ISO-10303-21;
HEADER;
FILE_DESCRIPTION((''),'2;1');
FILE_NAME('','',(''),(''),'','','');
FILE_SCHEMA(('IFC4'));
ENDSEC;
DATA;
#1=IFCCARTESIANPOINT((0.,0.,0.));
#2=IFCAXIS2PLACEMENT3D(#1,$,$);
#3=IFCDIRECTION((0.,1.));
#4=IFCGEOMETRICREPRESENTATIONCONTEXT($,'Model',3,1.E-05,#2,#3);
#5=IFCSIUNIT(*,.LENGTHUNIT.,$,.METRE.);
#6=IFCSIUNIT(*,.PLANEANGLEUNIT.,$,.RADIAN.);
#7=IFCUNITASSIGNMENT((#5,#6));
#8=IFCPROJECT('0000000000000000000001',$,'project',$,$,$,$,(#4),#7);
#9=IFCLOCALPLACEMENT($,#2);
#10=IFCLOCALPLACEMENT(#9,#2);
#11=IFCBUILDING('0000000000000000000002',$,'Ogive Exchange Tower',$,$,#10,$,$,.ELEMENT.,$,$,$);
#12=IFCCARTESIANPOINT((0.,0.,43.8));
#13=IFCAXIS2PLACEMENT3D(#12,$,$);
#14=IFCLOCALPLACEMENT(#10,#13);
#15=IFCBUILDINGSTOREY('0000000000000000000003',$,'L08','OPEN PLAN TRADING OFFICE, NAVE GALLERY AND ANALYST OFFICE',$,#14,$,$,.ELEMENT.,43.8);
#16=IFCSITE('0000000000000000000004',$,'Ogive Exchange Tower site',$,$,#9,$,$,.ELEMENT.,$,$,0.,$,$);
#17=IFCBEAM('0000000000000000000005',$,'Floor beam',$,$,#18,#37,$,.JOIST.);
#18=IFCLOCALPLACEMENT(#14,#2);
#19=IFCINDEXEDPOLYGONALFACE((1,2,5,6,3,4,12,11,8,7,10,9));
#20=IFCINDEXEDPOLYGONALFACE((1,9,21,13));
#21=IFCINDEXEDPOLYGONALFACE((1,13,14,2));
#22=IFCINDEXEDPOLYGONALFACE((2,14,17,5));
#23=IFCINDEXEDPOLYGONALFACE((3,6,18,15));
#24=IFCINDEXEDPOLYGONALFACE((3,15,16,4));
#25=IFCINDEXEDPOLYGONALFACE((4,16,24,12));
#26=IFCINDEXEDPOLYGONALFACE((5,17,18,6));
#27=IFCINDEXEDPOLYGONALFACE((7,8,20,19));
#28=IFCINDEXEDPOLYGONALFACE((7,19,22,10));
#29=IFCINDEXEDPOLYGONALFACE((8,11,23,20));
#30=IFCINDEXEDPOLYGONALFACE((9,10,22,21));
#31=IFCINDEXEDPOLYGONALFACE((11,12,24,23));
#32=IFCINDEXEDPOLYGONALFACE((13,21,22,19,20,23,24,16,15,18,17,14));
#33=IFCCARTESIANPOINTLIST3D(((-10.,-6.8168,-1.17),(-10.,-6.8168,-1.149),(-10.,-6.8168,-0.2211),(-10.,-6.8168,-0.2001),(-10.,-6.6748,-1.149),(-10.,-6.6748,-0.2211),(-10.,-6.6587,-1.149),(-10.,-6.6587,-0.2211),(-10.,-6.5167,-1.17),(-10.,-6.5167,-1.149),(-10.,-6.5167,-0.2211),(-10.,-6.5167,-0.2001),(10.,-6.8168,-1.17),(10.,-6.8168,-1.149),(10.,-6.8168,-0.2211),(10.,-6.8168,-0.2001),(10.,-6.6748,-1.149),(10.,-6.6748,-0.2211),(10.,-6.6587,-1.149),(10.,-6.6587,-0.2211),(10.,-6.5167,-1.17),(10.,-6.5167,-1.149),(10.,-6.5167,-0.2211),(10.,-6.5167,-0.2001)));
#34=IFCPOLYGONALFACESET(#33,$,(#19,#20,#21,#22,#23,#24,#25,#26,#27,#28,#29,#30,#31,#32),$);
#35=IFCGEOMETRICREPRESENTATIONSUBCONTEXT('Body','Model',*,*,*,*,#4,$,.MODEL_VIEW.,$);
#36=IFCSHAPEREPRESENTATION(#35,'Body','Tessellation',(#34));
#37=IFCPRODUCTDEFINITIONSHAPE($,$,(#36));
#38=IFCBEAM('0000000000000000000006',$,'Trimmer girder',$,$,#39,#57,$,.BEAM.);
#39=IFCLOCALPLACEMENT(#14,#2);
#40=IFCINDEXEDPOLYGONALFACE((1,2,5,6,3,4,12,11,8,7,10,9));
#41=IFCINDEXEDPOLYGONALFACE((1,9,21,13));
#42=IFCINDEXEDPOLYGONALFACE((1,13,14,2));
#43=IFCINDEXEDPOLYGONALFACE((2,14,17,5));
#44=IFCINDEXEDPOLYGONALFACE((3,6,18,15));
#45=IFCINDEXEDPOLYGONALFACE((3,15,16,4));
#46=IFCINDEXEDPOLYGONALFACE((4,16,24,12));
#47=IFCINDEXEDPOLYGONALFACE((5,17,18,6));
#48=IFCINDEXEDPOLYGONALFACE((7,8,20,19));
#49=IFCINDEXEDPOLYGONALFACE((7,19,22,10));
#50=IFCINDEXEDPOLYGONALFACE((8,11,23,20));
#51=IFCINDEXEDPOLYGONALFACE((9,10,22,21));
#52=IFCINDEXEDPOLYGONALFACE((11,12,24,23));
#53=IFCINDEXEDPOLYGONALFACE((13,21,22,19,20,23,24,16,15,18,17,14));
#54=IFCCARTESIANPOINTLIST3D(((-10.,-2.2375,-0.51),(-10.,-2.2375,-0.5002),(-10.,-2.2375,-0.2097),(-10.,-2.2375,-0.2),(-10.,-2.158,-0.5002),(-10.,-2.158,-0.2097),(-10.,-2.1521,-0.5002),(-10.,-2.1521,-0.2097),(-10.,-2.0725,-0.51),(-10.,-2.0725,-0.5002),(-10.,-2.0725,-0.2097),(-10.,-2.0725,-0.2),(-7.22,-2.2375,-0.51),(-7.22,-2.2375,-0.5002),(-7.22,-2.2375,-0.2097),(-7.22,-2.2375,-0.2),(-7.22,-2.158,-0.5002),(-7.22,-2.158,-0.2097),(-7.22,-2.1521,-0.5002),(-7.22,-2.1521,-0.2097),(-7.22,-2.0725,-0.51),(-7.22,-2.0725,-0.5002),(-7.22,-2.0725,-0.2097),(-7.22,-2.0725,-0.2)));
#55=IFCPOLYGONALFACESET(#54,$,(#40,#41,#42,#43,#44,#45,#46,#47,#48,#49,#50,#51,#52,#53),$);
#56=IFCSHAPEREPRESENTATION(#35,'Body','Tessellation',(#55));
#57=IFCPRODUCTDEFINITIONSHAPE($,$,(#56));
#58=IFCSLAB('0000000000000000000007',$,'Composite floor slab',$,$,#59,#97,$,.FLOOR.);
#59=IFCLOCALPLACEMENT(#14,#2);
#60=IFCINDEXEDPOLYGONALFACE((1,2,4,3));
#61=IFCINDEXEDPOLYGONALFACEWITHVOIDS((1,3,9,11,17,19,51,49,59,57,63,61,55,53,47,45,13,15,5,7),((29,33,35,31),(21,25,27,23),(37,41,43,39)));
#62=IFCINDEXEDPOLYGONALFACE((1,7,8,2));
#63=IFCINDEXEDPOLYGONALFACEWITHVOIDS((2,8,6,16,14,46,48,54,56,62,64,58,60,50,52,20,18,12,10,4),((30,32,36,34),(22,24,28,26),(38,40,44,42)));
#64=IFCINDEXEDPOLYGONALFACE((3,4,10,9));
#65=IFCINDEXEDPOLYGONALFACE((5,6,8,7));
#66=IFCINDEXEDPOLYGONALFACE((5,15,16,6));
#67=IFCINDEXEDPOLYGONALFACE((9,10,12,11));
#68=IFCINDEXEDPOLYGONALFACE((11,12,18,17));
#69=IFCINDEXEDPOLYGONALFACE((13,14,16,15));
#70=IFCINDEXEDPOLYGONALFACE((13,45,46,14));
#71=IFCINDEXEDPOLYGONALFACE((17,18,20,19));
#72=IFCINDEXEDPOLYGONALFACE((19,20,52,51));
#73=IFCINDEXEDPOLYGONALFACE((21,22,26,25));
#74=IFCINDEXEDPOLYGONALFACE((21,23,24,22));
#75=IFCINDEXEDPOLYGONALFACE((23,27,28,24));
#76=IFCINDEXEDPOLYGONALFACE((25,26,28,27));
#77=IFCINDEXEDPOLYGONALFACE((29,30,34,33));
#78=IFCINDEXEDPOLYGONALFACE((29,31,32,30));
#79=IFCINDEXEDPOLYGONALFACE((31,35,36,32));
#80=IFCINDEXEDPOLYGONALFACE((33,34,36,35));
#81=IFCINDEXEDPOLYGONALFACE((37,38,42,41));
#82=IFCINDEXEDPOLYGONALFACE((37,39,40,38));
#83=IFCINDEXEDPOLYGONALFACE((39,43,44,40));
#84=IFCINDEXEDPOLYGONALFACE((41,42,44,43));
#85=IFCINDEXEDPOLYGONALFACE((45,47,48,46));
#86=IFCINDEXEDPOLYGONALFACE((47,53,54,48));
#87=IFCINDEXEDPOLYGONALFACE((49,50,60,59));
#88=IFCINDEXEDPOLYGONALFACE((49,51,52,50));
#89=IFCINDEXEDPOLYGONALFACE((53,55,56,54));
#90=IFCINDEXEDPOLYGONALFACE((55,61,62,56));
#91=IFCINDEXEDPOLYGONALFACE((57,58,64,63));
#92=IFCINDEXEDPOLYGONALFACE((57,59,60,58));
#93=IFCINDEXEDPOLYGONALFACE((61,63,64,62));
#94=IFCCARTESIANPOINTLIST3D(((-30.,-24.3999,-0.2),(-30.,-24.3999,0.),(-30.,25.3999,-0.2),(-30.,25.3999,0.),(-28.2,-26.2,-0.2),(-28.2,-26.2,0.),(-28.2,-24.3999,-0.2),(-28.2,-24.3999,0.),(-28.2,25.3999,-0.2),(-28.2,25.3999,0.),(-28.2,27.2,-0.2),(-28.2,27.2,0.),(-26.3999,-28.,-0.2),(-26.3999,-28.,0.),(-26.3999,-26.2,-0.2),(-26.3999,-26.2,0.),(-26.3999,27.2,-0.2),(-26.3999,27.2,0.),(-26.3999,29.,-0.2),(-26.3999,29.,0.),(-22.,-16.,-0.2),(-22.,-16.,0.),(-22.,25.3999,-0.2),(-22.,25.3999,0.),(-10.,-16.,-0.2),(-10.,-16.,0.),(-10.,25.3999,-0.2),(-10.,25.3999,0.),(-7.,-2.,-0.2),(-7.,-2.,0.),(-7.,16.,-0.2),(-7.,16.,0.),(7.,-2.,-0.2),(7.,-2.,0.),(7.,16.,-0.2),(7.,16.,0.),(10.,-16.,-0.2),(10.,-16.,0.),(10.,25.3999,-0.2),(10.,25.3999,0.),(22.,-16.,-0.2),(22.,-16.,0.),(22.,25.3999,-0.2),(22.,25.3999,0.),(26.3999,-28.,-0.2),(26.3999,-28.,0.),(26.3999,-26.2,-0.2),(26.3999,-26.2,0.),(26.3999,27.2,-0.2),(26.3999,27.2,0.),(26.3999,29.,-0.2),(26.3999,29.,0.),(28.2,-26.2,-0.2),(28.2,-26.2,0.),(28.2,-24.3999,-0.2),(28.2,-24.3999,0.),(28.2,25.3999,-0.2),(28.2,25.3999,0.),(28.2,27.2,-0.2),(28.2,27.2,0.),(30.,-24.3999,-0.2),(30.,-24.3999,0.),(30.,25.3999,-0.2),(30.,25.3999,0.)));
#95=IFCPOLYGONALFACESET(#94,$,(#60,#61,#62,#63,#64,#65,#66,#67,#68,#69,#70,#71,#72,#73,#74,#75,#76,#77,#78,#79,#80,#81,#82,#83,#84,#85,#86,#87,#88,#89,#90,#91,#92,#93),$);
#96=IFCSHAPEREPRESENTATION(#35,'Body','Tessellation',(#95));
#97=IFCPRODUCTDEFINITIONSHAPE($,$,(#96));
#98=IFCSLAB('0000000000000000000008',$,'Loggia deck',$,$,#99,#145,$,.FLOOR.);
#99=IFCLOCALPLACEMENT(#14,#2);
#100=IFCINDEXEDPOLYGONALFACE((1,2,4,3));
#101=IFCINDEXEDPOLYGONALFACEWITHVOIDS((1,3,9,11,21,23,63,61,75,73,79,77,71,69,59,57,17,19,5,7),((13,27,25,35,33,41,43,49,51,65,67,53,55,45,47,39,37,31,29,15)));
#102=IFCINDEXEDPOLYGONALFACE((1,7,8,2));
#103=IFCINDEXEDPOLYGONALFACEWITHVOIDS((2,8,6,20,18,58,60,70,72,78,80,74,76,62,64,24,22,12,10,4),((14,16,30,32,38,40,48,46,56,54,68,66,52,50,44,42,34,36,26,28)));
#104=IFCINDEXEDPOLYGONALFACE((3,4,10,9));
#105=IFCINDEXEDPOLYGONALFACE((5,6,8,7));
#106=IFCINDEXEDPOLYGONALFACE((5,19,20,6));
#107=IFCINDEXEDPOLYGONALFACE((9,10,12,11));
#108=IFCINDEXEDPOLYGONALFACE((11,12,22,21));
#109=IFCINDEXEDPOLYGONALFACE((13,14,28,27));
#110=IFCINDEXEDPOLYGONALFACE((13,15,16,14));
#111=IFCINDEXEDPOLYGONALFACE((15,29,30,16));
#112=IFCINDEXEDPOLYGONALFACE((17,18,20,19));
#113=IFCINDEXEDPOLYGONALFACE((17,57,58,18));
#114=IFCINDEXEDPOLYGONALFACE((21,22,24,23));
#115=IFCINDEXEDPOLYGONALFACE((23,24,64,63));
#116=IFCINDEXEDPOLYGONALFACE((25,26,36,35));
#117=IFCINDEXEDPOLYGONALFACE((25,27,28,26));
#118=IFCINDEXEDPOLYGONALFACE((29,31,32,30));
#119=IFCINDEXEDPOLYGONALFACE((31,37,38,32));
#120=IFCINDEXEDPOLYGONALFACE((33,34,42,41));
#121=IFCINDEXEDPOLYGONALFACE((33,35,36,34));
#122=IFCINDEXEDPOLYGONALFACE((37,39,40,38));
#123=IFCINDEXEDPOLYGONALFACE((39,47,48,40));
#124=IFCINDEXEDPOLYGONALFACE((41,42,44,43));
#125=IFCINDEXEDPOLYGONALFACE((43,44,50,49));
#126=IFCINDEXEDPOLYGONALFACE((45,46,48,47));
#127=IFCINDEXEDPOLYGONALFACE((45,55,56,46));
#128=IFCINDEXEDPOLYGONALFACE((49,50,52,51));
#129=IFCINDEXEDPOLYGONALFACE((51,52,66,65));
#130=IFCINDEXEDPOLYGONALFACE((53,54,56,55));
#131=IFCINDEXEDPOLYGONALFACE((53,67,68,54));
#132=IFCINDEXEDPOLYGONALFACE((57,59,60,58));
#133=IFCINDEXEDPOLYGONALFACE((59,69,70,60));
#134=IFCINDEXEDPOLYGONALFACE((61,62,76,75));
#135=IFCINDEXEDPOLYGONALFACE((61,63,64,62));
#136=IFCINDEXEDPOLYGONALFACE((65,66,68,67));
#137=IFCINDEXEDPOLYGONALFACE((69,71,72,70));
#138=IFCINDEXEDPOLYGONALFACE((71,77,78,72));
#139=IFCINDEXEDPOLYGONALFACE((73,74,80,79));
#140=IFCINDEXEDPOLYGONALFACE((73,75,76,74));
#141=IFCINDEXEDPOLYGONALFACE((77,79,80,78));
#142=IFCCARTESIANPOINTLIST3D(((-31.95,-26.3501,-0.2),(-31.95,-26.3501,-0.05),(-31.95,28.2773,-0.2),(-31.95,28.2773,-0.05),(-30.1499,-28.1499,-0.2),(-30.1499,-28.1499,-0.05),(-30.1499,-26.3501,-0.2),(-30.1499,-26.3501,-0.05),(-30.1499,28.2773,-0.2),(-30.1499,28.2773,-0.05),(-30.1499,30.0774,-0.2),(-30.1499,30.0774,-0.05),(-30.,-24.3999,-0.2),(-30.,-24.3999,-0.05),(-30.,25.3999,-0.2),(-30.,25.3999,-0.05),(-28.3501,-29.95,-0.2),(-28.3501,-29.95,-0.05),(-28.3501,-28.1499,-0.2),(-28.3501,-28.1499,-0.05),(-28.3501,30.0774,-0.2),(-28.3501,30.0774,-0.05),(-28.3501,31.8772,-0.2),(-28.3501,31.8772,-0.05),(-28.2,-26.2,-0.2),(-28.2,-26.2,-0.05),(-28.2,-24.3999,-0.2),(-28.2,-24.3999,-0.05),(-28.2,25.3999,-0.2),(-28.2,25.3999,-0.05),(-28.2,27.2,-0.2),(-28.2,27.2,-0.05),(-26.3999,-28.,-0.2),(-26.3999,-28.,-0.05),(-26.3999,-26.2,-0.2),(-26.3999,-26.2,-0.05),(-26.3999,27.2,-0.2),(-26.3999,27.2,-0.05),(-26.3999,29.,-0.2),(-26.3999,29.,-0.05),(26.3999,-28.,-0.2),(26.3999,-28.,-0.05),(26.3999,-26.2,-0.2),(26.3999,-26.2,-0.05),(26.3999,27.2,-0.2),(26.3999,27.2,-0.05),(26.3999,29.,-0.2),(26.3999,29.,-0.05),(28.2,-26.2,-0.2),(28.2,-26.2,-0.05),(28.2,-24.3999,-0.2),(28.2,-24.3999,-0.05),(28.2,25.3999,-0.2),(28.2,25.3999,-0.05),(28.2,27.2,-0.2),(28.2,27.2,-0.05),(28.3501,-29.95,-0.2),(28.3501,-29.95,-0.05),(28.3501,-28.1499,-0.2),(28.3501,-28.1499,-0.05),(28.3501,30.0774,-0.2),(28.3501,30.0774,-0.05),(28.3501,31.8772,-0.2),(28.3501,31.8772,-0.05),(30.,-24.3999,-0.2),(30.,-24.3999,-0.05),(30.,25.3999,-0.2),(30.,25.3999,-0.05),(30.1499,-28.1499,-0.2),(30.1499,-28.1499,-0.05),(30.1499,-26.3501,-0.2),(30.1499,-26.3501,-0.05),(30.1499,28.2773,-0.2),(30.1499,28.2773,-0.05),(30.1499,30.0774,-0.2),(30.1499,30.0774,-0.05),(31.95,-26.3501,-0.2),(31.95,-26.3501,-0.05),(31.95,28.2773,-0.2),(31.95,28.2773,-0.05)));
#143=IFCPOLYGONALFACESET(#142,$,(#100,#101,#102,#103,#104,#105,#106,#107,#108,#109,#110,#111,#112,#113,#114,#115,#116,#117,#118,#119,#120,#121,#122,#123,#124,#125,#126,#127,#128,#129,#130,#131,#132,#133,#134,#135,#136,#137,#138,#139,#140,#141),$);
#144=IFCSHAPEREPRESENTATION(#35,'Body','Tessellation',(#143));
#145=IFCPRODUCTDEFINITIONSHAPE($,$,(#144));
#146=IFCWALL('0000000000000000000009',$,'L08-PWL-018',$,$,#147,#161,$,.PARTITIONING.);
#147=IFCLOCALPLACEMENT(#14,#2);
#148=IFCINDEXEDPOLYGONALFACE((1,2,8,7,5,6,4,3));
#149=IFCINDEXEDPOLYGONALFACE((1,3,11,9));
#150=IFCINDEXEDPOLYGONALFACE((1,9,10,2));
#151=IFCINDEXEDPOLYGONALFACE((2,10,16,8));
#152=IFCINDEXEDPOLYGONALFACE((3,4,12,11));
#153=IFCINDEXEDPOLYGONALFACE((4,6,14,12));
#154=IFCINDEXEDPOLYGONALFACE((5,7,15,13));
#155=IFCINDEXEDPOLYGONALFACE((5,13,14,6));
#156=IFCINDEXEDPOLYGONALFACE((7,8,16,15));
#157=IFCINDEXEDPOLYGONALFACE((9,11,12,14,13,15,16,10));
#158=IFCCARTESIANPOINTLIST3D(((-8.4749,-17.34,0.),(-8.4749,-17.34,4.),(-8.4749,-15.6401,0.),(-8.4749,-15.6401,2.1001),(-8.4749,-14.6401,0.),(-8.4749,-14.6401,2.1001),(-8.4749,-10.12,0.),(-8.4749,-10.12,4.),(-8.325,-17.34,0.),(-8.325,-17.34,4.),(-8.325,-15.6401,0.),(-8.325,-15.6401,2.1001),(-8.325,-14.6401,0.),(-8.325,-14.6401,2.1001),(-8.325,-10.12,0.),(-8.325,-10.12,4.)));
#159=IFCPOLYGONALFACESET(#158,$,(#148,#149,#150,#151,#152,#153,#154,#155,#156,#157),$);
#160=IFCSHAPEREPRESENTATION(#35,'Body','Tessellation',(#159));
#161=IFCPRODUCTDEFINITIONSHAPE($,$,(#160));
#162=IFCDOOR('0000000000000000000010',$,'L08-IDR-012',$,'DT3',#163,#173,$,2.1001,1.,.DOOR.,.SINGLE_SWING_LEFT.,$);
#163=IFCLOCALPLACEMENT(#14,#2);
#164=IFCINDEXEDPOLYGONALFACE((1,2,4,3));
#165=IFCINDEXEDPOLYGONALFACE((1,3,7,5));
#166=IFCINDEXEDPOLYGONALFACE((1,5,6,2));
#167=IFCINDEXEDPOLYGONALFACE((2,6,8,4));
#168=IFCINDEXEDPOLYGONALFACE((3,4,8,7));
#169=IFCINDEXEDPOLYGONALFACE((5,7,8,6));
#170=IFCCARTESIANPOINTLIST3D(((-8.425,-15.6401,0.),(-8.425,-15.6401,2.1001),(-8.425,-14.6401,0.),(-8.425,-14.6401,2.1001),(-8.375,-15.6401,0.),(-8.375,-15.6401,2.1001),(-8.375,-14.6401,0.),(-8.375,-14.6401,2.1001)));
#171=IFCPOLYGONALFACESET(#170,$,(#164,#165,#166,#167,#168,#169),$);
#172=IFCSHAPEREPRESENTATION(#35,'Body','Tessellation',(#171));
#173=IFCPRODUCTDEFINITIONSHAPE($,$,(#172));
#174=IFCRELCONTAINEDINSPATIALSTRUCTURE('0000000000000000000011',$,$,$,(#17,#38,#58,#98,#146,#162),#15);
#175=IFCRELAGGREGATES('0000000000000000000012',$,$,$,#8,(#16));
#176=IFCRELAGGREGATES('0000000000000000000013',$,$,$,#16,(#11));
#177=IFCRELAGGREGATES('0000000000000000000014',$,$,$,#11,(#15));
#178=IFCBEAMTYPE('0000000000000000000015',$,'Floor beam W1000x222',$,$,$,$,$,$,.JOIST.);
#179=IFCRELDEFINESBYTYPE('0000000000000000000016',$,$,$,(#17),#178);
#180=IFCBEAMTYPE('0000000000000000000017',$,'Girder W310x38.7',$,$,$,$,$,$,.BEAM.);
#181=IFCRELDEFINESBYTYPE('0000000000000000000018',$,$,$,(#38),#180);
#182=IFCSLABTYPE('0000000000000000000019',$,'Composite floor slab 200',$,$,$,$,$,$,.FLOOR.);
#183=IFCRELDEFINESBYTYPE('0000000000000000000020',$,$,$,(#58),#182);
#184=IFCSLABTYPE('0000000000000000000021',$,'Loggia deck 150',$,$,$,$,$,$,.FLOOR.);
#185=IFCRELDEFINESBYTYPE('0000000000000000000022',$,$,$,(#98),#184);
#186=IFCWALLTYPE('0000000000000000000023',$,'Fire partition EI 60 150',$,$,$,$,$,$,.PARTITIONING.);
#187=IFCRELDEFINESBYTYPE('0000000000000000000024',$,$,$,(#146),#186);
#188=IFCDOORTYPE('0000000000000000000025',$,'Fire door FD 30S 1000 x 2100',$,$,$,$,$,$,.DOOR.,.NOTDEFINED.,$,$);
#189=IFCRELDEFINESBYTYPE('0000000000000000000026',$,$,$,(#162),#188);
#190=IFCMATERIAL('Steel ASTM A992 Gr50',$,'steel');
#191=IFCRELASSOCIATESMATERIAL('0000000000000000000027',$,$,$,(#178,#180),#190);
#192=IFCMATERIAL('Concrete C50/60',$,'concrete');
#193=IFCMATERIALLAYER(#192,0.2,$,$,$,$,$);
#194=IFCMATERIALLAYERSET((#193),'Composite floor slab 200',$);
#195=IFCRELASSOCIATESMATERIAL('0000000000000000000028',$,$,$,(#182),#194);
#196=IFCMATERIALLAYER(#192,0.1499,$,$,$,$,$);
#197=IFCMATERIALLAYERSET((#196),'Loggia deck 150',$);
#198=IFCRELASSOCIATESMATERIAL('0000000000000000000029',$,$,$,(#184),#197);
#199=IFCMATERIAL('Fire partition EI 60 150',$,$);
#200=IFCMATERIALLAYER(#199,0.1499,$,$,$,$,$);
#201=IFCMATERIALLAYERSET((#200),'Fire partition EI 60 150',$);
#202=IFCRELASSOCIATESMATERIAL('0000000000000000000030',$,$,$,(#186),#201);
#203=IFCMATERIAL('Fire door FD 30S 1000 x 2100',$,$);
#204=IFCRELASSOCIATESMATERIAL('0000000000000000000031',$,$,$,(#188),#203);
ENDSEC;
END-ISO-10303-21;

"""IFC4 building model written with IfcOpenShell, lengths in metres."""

from ifc_helpers import new_model, si_unit, direction, frame, frame_2d, origin, origin_2d, place, context, subcontext, project, spatial, polyline, rectangle, i_section, outline, extrude, material, layer, layer_set, material_profile, profile_set, type_object, element, fill, save


model = new_model("IFC4")

# Units and contexts
model_context = context("Model", 3, precision=1e-05, world=origin(), true_north=direction((0.0, 1.0)))
body_context = subcontext(model_context, "Body", "Model", "MODEL_VIEW")
ifc_project = project(units=[si_unit("LENGTHUNIT", "METRE"), si_unit("PLANEANGLEUNIT", "RADIAN")], contexts=[model_context])

# Site, building, storey
site_placement = place(None, origin())
site = spatial("IfcSite", under=ifc_project, at=site_placement, Name="Ogive Exchange Tower site", CompositionType="ELEMENT", RefElevation=0.0)
building_placement = place(site_placement, origin())
building = spatial("IfcBuilding", under=site, at=building_placement, Name="Ogive Exchange Tower", CompositionType="ELEMENT")
storey_placement = place(building_placement, frame((0.0, 0.0, 43.8)))
storey = spatial("IfcBuildingStorey", under=building, at=storey_placement, Name="L08", Description="OPEN PLAN TRADING OFFICE, NAVE GALLERY AND ANALYST OFFICE", CompositionType="ELEMENT", Elevation=43.8)

# Beams
ifc_material_1 = material(Name="Steel ASTM A992 Gr50", Category="steel")
ifc_material_profile_1 = material_profile(ifc_material_1, i_section(OverallWidth=0.3, OverallDepth=0.97, WebThickness=0.0161, FlangeThickness=0.021, at=origin_2d()), Name="W1000x222")
ifc_profile_set_1 = profile_set([ifc_material_profile_1], Name="Steel ASTM A992 Gr50")
beam_type_1 = type_object("IfcBeamType", Name="Floor beam W1000x222", PredefinedType="JOIST", material=ifc_profile_set_1)
beam_1_placement = place(storey_placement, frame((-10.0, -6.6667, -0.6851), z_axis=(1.0, 0.0, 0.0), x_axis=(0.0, 1.0, 0.0)))
element("IfcBeam", 1, at=beam_1_placement, inside=storey, type_object=beam_type_1, Name="Floor beam", PredefinedType="JOIST", context=body_context, shape_type="SweptSolid", body=[
    extrude(i_section(OverallWidth=0.3, OverallDepth=0.97, WebThickness=0.0161, FlangeThickness=0.021, at=origin_2d()), origin(), (0.0, 0.0, 1.0), 20.0),
])
ifc_material_profile_2 = material_profile(ifc_material_1, i_section(OverallWidth=0.165, OverallDepth=0.3101, WebThickness=0.0059, FlangeThickness=0.0098, at=origin_2d()), Name="W310x38.7")
ifc_profile_set_2 = profile_set([ifc_material_profile_2], Name="Steel ASTM A992 Gr50")
beam_type_2 = type_object("IfcBeamType", Name="Girder W310x38.7", PredefinedType="BEAM", material=ifc_profile_set_2)
beam_2_placement = place(storey_placement, frame((-10.0, -2.155, -0.355), z_axis=(1.0, 0.0, 0.0), x_axis=(0.0, 1.0, 0.0)))
element("IfcBeam", 2, at=beam_2_placement, inside=storey, type_object=beam_type_2, Name="Trimmer girder", PredefinedType="BEAM", context=body_context, shape_type="SweptSolid", body=[
    extrude(i_section(OverallWidth=0.165, OverallDepth=0.3101, WebThickness=0.0059, FlangeThickness=0.0098, at=origin_2d()), origin(), (0.0, 0.0, 1.0), 2.78),
])

# Slabs
ifc_material_2 = material(Name="Concrete C50/60", Category="concrete")
ifc_layer_1 = layer(ifc_material_2, 0.2)
ifc_layer_set_1 = layer_set([ifc_layer_1], Name="Composite floor slab 200")
slab_type_1 = type_object("IfcSlabType", Name="Composite floor slab 200", PredefinedType="FLOOR", material=ifc_layer_set_1)
slab_1_placement = place(storey_placement, frame((0.0, 0.0, -0.2)))
element("IfcSlab", 3, at=slab_1_placement, inside=storey, type_object=slab_type_1, Name="Composite floor slab", PredefinedType="FLOOR", context=body_context, shape_type="SweptSolid", body=[
    extrude(outline(polyline([(-26.3999, -26.2), (-28.2, -26.2), (-28.2, -24.3999), (-30.0, -24.3999), (-30.0, 25.3999), (-28.2, 25.3999), (-28.2, 27.2), (-26.3999, 27.2), (-26.3999, 29.0), (26.3999, 29.0), (26.3999, 27.2), (28.2, 27.2), (28.2, 25.3999), (30.0, 25.3999), (30.0, -24.3999), (28.2, -24.3999), (28.2, -26.2), (26.3999, -26.2), (26.3999, -28.0), (-26.3999, -28.0), (-26.3999, -26.2)]), holes=[polyline([(-10.0, -16.0), (-10.0, 25.3999), (-22.0, 25.3999), (-22.0, -16.0), (-10.0, -16.0)]), polyline([(10.0, -16.0), (22.0, -16.0), (22.0, 25.3999), (10.0, 25.3999), (10.0, -16.0)]), polyline([(-7.0, -2.0), (7.0, -2.0), (7.0, 16.0), (-7.0, 16.0), (-7.0, -2.0)])]), origin(), (0.0, 0.0, 1.0), 0.2),
])
ifc_layer_2 = layer(ifc_material_2, 0.1499)
ifc_layer_set_2 = layer_set([ifc_layer_2], Name="Loggia deck 150")
slab_type_2 = type_object("IfcSlabType", Name="Loggia deck 150", PredefinedType="FLOOR", material=ifc_layer_set_2)
slab_2_placement = place(storey_placement, frame((0.0, 0.0, -0.2)))
element("IfcSlab", 4, at=slab_2_placement, inside=storey, type_object=slab_type_2, Name="Loggia deck", PredefinedType="FLOOR", context=body_context, shape_type="SweptSolid", body=[
    extrude(outline(polyline([(-28.3501, -28.1499), (-30.1499, -28.1499), (-30.1499, -26.3501), (-31.95, -26.3501), (-31.95, 28.2773), (-30.1499, 28.2773), (-30.1499, 30.0774), (-28.3501, 30.0774), (-28.3501, 31.8772), (28.3501, 31.8772), (28.3501, 30.0774), (30.1499, 30.0774), (30.1499, 28.2773), (31.95, 28.2773), (31.95, -26.3501), (30.1499, -26.3501), (30.1499, -28.1499), (28.3501, -28.1499), (28.3501, -29.95), (-28.3501, -29.95), (-28.3501, -28.1499)]), holes=[polyline([(26.3999, -26.2), (28.2, -26.2), (28.2, -24.3999), (30.0, -24.3999), (30.0, 25.3999), (28.2, 25.3999), (28.2, 27.2), (26.3999, 27.2), (26.3999, 29.0), (-26.3999, 29.0), (-26.3999, 27.2), (-28.2, 27.2), (-28.2, 25.3999), (-30.0, 25.3999), (-30.0, -24.3999), (-28.2, -24.3999), (-28.2, -26.2), (-26.3999, -26.2), (-26.3999, -28.0), (26.3999, -28.0), (26.3999, -26.2)])]), origin(), (0.0, 0.0, 1.0), 0.1499),
])

# Wall, opening, door
ifc_material_3 = material(Name="Fire partition EI 60 150")
ifc_layer_3 = layer(ifc_material_3, 0.1499)
ifc_layer_set_3 = layer_set([ifc_layer_3], Name="Fire partition EI 60 150")
wall_type_1 = type_object("IfcWallType", Name="Fire partition EI 60 150", PredefinedType="PARTITIONING", material=ifc_layer_set_3)
wall_1_placement = place(storey_placement, frame((-8.3999, -10.1201, 0.0), z_axis=(0.0, 0.0, 1.0), x_axis=(0.0, -1.0, 0.0)))
wall_1 = element("IfcWall", 5, at=wall_1_placement, inside=storey, type_object=wall_type_1, Name="L08-PWL-018", PredefinedType="PARTITIONING", context=body_context, shape_type="SweptSolid", body=[
    extrude(rectangle(XDim=7.22, YDim=0.1499, at=frame_2d((3.6099, 0.0))), origin(), (0.0, 0.0, 1.0), 4.0),
])
opening_1_placement = place(wall_1_placement, frame((4.52, 0.0, 0.0)))
opening_1 = element("IfcOpeningElement", 6, at=opening_1_placement, cuts=wall_1, PredefinedType="OPENING", context=body_context, shape_type="SweptSolid", body=[
    extrude(rectangle(XDim=1.0, YDim=2.1001, at=frame_2d((0.5, 1.05))), frame((0.0, 0.085, 0.0), z_axis=(0.0, -1.0, 0.0), x_axis=(1.0, 0.0, 0.0)), (0.0, 0.0, 1.0), 0.1699),
])
ifc_material_4 = material(Name="Fire door FD 30S 1000 x 2100")
door_type = type_object("IfcDoorType", Name="Fire door FD 30S 1000 x 2100", OperationType="NOTDEFINED", PredefinedType="DOOR", material=ifc_material_4)
door_1_placement = place(opening_1_placement, origin())
door_1 = element("IfcDoor", 7, at=door_1_placement, inside=storey, type_object=door_type, Name="L08-IDR-012", ObjectType="DT3", OperationType="SINGLE_SWING_LEFT", OverallHeight=2.1001, OverallWidth=1.0, PredefinedType="DOOR", context=body_context, shape_type="SweptSolid", body=[
    extrude(rectangle(XDim=1.0, YDim=2.1001, at=frame_2d((0.5, 1.05))), frame((0.0, 0.0249, 0.0), z_axis=(0.0, -1.0, 0.0), x_axis=(1.0, 0.0, 0.0)), (0.0, 0.0, 1.0), 0.05),
])
fill(opening_1, door_1)

save(model, "model.ifc")
